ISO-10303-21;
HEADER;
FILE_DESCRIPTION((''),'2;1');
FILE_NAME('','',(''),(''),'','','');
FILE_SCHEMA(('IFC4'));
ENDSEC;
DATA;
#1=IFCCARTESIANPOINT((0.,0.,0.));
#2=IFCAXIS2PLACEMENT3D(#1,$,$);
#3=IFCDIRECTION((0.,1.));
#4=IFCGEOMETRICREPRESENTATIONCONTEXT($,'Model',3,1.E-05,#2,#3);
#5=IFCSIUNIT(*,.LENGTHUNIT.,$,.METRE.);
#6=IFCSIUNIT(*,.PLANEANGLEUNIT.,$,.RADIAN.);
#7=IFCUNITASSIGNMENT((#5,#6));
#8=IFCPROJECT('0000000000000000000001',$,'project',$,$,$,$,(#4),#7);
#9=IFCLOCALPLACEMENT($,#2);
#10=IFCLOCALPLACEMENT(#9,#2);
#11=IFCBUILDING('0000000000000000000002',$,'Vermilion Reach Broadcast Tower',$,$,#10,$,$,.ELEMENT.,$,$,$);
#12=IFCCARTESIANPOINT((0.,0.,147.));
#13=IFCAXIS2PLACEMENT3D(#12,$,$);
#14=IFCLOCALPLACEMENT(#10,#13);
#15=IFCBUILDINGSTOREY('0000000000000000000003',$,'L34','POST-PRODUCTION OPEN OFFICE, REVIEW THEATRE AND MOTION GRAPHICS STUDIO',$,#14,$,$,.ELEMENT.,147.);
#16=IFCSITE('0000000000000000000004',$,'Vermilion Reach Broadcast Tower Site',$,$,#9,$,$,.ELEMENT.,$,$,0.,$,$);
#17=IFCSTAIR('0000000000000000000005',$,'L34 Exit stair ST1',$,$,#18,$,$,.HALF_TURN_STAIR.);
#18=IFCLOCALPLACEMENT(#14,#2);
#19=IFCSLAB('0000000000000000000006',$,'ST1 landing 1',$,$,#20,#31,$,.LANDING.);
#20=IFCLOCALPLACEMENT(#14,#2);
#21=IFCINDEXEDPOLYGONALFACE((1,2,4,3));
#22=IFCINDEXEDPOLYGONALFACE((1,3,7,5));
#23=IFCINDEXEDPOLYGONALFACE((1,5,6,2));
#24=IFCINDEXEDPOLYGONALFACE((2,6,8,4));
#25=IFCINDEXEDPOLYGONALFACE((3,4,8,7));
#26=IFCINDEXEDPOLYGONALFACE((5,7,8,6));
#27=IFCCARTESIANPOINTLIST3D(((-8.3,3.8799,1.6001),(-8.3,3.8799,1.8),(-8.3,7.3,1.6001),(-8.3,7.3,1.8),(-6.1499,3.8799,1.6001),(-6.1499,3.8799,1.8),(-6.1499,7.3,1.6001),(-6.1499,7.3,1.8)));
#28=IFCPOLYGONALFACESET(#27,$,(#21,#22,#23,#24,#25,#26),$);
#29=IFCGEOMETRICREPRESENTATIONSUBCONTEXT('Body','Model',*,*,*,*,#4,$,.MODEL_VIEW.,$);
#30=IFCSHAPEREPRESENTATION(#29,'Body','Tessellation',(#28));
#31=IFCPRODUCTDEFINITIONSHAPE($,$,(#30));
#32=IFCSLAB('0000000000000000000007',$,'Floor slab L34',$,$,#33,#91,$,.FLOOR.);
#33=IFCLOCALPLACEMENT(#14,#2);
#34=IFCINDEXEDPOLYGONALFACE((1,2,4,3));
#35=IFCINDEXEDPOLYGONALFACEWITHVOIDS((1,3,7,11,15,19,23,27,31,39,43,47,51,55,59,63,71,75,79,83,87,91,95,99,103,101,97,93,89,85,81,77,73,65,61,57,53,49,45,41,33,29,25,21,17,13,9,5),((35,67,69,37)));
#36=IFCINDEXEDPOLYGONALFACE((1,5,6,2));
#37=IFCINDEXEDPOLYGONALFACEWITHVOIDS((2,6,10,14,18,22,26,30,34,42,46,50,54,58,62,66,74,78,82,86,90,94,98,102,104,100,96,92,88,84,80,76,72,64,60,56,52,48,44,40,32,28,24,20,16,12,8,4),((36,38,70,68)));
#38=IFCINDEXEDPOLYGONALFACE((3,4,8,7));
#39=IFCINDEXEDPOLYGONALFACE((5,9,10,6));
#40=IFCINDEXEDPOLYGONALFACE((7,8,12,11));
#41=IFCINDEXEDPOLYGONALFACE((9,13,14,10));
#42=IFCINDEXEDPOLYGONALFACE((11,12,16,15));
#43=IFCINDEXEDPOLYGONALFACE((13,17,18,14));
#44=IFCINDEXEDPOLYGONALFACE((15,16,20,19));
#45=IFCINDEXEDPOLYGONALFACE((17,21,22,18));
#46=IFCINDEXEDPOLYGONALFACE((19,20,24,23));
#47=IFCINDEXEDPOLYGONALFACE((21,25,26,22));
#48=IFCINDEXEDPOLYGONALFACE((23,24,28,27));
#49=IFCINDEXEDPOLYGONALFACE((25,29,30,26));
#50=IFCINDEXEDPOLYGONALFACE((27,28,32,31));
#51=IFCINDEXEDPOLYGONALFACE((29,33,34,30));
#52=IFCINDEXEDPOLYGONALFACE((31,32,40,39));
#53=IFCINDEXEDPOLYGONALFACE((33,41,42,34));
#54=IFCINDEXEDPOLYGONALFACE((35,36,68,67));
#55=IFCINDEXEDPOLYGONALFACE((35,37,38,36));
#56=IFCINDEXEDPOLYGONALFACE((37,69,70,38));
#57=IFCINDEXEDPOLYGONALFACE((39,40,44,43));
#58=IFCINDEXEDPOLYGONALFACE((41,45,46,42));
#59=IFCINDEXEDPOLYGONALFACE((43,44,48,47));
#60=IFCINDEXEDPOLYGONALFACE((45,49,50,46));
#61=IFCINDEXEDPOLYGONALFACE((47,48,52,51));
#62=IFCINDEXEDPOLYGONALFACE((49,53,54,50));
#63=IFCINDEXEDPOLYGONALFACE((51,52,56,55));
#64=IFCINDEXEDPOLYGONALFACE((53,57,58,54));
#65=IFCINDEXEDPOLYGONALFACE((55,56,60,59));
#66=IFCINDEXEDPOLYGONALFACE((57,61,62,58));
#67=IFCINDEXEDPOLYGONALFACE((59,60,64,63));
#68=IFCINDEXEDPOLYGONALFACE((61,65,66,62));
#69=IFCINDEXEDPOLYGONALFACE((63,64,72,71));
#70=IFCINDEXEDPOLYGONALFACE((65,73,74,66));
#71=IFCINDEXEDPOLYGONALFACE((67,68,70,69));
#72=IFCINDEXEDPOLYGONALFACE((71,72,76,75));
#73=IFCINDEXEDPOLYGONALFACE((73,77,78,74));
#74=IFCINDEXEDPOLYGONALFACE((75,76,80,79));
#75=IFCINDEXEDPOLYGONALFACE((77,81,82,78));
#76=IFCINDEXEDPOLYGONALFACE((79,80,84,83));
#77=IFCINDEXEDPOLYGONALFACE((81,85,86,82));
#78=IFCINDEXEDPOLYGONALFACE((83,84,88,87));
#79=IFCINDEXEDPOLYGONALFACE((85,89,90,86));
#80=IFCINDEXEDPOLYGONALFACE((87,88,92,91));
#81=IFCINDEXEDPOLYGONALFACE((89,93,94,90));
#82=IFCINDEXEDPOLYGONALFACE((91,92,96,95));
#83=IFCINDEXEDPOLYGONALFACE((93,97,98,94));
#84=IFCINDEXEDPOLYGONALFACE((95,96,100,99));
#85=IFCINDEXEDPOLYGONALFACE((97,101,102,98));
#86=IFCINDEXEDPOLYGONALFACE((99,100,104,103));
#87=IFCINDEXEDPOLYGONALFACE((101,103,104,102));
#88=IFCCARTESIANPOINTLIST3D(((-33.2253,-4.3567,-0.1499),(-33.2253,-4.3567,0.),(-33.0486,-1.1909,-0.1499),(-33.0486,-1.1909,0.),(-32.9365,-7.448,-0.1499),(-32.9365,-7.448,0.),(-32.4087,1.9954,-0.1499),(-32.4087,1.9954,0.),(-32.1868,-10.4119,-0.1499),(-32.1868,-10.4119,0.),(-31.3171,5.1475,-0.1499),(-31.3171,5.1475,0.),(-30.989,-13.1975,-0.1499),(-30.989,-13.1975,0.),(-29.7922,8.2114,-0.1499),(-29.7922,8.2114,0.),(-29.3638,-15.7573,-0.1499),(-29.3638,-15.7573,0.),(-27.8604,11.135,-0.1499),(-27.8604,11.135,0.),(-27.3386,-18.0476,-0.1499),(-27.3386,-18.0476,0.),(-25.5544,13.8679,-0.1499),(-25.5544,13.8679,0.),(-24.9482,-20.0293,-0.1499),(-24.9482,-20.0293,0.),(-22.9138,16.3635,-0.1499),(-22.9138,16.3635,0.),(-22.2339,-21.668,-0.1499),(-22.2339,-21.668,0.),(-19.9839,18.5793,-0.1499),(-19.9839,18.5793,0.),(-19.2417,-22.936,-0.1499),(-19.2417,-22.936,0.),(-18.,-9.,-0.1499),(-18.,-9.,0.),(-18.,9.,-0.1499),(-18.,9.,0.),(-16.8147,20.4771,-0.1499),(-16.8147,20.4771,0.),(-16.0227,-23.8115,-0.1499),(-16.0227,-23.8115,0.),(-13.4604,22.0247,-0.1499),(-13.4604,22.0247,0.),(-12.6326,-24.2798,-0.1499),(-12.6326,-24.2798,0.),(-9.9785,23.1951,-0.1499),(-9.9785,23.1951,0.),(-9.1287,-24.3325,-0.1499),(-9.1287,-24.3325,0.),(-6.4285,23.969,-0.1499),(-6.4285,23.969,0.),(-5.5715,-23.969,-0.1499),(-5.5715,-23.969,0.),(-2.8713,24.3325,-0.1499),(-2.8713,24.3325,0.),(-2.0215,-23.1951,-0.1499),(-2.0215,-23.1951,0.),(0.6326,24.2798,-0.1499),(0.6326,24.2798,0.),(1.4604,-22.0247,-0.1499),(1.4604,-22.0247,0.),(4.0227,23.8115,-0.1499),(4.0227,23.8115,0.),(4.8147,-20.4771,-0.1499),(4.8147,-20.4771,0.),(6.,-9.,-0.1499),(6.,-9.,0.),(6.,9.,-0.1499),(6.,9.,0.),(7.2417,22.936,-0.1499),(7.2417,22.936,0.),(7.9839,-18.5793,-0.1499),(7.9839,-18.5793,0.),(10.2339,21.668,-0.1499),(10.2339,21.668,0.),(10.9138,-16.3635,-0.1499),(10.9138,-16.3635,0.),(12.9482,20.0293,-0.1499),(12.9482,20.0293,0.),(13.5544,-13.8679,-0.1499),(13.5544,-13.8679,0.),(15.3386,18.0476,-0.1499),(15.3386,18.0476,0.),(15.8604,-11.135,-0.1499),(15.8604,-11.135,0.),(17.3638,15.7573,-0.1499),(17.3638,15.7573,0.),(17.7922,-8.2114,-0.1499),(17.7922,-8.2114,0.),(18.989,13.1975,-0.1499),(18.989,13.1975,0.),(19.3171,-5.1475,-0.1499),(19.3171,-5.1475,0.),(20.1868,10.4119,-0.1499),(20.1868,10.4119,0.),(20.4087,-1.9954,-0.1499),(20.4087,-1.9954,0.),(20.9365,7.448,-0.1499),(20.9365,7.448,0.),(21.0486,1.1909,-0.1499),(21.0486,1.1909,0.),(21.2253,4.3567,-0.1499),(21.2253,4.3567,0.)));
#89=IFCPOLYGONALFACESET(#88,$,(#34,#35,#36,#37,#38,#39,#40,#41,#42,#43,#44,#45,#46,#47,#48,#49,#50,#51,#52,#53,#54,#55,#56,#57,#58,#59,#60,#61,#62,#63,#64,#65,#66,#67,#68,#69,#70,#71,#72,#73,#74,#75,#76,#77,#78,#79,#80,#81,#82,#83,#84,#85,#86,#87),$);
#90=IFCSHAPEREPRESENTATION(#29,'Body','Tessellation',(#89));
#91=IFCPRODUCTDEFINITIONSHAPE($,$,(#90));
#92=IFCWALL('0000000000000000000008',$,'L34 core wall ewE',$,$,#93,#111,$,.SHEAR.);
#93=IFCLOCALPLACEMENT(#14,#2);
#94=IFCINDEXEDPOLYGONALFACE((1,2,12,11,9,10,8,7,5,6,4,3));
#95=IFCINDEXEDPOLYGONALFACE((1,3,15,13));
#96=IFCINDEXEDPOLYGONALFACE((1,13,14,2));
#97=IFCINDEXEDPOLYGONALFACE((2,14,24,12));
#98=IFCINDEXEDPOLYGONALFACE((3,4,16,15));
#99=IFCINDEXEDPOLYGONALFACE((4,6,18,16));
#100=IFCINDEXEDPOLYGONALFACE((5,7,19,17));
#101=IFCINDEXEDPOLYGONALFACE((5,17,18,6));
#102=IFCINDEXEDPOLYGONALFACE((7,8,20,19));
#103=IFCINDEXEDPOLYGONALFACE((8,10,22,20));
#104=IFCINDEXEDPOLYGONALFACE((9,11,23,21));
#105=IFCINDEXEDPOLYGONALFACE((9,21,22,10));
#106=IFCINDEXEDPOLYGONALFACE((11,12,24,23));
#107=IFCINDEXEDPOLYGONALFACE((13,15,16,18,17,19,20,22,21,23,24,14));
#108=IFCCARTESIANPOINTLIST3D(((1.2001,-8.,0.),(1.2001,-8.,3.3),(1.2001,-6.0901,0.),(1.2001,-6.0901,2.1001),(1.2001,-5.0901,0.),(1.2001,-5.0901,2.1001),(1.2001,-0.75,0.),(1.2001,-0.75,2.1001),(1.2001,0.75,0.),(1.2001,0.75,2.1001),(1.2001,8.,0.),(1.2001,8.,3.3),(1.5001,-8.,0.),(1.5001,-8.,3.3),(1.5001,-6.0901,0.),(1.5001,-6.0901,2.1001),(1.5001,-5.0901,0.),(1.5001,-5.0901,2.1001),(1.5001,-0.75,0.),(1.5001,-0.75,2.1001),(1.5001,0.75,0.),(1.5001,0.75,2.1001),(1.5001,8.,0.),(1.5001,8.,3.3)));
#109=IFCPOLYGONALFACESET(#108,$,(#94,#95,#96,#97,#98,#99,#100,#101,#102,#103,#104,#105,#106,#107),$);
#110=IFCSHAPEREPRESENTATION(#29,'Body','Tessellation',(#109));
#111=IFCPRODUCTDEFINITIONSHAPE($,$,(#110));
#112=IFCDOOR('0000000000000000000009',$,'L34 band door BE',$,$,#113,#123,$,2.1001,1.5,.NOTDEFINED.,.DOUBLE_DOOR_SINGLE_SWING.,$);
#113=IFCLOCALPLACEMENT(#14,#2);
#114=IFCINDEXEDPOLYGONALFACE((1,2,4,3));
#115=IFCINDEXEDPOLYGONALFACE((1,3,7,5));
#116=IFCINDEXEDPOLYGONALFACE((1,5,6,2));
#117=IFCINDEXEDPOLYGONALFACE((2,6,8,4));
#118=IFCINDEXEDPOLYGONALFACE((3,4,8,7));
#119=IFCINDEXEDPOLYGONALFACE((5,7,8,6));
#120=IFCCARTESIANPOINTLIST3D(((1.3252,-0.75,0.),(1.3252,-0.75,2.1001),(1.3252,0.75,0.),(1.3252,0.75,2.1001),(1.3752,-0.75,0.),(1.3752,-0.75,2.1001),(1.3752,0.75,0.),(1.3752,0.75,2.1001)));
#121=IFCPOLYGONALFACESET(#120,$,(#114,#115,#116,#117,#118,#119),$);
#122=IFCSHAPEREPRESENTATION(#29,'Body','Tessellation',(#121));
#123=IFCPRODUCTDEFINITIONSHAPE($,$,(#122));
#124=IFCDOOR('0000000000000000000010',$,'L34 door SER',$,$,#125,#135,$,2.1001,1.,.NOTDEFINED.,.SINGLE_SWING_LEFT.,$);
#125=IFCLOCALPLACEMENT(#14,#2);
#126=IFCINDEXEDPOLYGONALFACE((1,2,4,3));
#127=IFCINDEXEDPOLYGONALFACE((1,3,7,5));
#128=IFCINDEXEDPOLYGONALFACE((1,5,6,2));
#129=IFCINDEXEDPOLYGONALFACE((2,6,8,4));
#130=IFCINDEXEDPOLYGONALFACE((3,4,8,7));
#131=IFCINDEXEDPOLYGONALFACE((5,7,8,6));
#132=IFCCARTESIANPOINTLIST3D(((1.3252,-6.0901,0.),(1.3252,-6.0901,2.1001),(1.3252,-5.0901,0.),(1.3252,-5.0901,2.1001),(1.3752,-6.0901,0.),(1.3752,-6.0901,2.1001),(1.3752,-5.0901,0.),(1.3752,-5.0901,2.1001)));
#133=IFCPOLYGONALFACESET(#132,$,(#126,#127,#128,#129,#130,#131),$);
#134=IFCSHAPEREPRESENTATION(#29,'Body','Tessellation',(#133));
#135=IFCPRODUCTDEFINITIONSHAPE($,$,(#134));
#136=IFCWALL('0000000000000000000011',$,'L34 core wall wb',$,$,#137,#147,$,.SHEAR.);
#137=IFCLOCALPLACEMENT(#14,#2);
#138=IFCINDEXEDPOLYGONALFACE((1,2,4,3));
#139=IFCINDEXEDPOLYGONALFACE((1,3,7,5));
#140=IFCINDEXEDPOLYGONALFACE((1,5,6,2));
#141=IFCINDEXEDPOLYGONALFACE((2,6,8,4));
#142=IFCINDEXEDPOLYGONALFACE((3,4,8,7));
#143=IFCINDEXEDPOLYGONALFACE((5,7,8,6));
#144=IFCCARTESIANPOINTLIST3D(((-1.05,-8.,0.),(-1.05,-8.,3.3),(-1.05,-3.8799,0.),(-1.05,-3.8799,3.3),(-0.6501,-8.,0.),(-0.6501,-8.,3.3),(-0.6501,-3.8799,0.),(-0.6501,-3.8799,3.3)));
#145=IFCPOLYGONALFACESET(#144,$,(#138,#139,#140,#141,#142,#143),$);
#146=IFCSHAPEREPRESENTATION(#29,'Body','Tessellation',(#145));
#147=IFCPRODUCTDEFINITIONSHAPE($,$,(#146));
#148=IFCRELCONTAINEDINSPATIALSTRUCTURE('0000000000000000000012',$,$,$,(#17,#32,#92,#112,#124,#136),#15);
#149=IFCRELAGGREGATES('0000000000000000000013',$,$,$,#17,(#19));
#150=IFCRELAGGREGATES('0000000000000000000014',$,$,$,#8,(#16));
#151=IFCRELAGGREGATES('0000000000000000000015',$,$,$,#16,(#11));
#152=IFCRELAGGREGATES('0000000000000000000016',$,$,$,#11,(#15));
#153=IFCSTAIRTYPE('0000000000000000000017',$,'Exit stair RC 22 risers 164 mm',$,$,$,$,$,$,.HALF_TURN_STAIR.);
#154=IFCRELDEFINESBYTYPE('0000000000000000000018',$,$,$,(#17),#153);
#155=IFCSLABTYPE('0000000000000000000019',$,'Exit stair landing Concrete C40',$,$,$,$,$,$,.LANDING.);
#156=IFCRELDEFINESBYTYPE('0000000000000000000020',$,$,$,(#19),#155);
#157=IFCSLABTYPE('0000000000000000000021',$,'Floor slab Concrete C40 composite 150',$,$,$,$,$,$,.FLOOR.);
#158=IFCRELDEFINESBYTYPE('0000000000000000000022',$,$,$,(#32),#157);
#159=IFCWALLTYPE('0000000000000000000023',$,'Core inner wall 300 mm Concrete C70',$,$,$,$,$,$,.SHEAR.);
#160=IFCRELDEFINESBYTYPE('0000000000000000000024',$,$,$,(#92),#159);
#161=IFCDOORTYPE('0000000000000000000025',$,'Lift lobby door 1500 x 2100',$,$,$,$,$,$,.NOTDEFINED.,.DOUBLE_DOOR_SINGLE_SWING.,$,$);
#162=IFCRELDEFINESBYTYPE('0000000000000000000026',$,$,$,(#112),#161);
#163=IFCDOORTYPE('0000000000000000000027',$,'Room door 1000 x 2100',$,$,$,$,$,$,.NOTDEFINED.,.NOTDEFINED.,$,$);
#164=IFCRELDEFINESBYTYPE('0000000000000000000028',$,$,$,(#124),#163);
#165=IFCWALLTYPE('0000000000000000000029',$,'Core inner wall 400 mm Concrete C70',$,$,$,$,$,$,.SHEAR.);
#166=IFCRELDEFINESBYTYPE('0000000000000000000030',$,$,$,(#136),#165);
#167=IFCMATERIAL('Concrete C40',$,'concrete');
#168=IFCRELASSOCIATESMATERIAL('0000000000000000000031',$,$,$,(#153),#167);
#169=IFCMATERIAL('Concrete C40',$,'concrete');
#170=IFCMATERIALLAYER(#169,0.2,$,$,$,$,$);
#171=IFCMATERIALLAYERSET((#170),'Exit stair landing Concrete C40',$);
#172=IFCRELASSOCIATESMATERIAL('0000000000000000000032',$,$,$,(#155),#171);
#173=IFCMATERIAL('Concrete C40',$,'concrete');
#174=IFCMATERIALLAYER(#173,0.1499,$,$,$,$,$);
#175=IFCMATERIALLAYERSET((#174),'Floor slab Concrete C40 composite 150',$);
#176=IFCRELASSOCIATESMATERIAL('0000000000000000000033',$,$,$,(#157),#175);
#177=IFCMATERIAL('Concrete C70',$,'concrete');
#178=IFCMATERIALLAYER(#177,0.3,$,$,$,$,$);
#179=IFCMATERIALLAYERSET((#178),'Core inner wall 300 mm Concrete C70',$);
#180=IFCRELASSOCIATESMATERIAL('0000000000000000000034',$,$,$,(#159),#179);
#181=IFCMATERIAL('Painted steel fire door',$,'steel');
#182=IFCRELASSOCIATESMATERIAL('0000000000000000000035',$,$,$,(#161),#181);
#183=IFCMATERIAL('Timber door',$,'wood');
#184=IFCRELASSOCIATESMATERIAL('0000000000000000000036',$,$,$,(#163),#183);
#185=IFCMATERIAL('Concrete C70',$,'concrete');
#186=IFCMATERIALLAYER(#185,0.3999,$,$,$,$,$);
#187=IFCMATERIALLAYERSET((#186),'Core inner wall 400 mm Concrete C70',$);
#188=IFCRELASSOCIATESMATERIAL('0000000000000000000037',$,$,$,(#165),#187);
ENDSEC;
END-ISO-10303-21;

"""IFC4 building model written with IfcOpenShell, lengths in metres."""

from ifc_helpers import new_model, si_unit, direction, frame, frame_2d, origin, place, context, subcontext, project, spatial, polyline, rectangle, outline, extrude, material, layer, layer_set, type_object, element, fill, aggregate, save


model = new_model("IFC4")

# Units and contexts
model_context = context("Model", 3, precision=1e-05, world=origin(), true_north=direction((0.0, 1.0)))
body_context = subcontext(model_context, "Body", "Model", "MODEL_VIEW")
ifc_project = project(units=[si_unit("LENGTHUNIT", "METRE"), si_unit("PLANEANGLEUNIT", "RADIAN")], contexts=[model_context])

# Site, building, storey
site_placement = place(None, origin())
site = spatial("IfcSite", under=ifc_project, at=site_placement, Name="Vermilion Reach Broadcast Tower Site", CompositionType="ELEMENT", RefElevation=0.0)
building_placement = place(site_placement, origin())
building = spatial("IfcBuilding", under=site, at=building_placement, Name="Vermilion Reach Broadcast Tower", CompositionType="ELEMENT")
storey_placement = place(building_placement, frame((0.0, 0.0, 147.0)))
storey = spatial("IfcBuildingStorey", under=building, at=storey_placement, Name="L34", Description="POST-PRODUCTION OPEN OFFICE, REVIEW THEATRE AND MOTION GRAPHICS STUDIO", CompositionType="ELEMENT", Elevation=147.0)

# Stair, slab
ifc_material_1 = material(Name="Concrete C40", Category="concrete")
stair_type = type_object("IfcStairType", Name="Exit stair RC 22 risers 164 mm", PredefinedType="HALF_TURN_STAIR", material=ifc_material_1)
placement_1 = place(storey_placement, origin())
stair_1 = element("IfcStair", 1, at=placement_1, inside=storey, type_object=stair_type, Name="L34 Exit stair ST1", PredefinedType="HALF_TURN_STAIR")
ifc_material_2 = material(Name="Concrete C40", Category="concrete")
ifc_layer_1 = layer(ifc_material_2, 0.2)
ifc_layer_set_1 = layer_set([ifc_layer_1], Name="Exit stair landing Concrete C40")
slab_type_1 = type_object("IfcSlabType", Name="Exit stair landing Concrete C40", PredefinedType="LANDING", material=ifc_layer_set_1)
slab_1_placement = place(storey_placement, frame((0.0, 0.0, 1.6001)))
slab_1 = element("IfcSlab", 2, at=slab_1_placement, type_object=slab_type_1, Name="ST1 landing 1", PredefinedType="LANDING", context=body_context, shape_type="SweptSolid", body=[
    extrude(outline(polyline([(-8.3, 3.8799), (-6.1499, 3.8799), (-6.1499, 7.3), (-8.3, 7.3), (-8.3, 3.8799)])), origin(), (0.0, 0.0, 1.0), 0.2),
])
aggregate(stair_1, [slab_1])

# Slab
ifc_material_3 = material(Name="Concrete C40", Category="concrete")
ifc_layer_2 = layer(ifc_material_3, 0.1499)
ifc_layer_set_2 = layer_set([ifc_layer_2], Name="Floor slab Concrete C40 composite 150")
slab_type_2 = type_object("IfcSlabType", Name="Floor slab Concrete C40 composite 150", PredefinedType="FLOOR", material=ifc_layer_set_2)
slab_2_placement = place(storey_placement, frame((0.0, 0.0, -0.1499)))
element("IfcSlab", 3, at=slab_2_placement, inside=storey, type_object=slab_type_2, Name="Floor slab L34", PredefinedType="FLOOR", context=body_context, shape_type="SweptSolid", body=[
    extrude(outline(polyline([(18.989, 13.1975), (17.3638, 15.7573), (15.3386, 18.0476), (12.9482, 20.0293), (10.2339, 21.668), (7.2417, 22.936), (4.0227, 23.8115), (0.6326, 24.2798), (-2.8713, 24.3325), (-6.4285, 23.969), (-9.9785, 23.1951), (-13.4604, 22.0247), (-16.8147, 20.4771), (-19.9839, 18.5793), (-22.9138, 16.3635), (-25.5544, 13.8679), (-27.8604, 11.135), (-29.7922, 8.2114), (-31.3171, 5.1475), (-32.4087, 1.9954), (-33.0486, -1.1909), (-33.2253, -4.3567), (-32.9365, -7.448), (-32.1868, -10.4119), (-30.989, -13.1975), (-29.3638, -15.7573), (-27.3386, -18.0476), (-24.9482, -20.0293), (-22.2339, -21.668), (-19.2417, -22.936), (-16.0227, -23.8115), (-12.6326, -24.2798), (-9.1287, -24.3325), (-5.5715, -23.969), (-2.0215, -23.1951), (1.4604, -22.0247), (4.8147, -20.4771), (7.9839, -18.5793), (10.9138, -16.3635), (13.5544, -13.8679), (15.8604, -11.135), (17.7922, -8.2114), (19.3171, -5.1475), (20.4087, -1.9954), (21.0486, 1.1909), (21.2253, 4.3567), (20.9365, 7.448), (20.1868, 10.4119), (18.989, 13.1975)]), holes=[polyline([(-18.0, -9.0), (6.0, -9.0), (6.0, 9.0), (-18.0, 9.0), (-18.0, -9.0)])]), origin(), (0.0, 0.0, 1.0), 0.1499),
])

# Wall, openings, doors
ifc_material_4 = material(Name="Concrete C70", Category="concrete")
ifc_layer_3 = layer(ifc_material_4, 0.3)
ifc_layer_set_3 = layer_set([ifc_layer_3], Name="Core inner wall 300 mm Concrete C70")
wall_type_1 = type_object("IfcWallType", Name="Core inner wall 300 mm Concrete C70", PredefinedType="SHEAR", material=ifc_layer_set_3)
wall_1_placement = place(storey_placement, frame((1.3501, -8.0, 0.0), z_axis=(0.0, 0.0, 1.0), x_axis=(0.0, 1.0, 0.0)))
wall_1 = element("IfcWall", 4, at=wall_1_placement, inside=storey, type_object=wall_type_1, Name="L34 core wall ewE", PredefinedType="SHEAR", context=body_context, shape_type="SweptSolid", body=[
    extrude(rectangle(XDim=16.0, YDim=0.3, at=frame_2d((8.0, 0.0))), origin(), (0.0, 0.0, 1.0), 3.3),
])
opening_1_placement = place(wall_1_placement, frame((1.9099, 0.0, 0.0)))
opening_1 = element("IfcOpeningElement", 5, at=opening_1_placement, cuts=wall_1, PredefinedType="OPENING", context=body_context, shape_type="SweptSolid", body=[
    extrude(rectangle(XDim=1.0, YDim=2.1001, at=frame_2d((0.5, 1.05))), frame((0.0, 0.1599, 0.0), z_axis=(0.0, -1.0, 0.0), x_axis=(1.0, 0.0, 0.0)), (0.0, 0.0, 1.0), 0.3201),
])
opening_2_placement = place(wall_1_placement, frame((7.25, 0.0, 0.0)))
opening_2 = element("IfcOpeningElement", 6, at=opening_2_placement, cuts=wall_1, PredefinedType="OPENING", context=body_context, shape_type="SweptSolid", body=[
    extrude(rectangle(XDim=1.5, YDim=2.1001, at=frame_2d((0.75, 1.05))), frame((0.0, 0.1599, 0.0), z_axis=(0.0, -1.0, 0.0), x_axis=(1.0, 0.0, 0.0)), (0.0, 0.0, 1.0), 0.3201),
])
ifc_material_5 = material(Name="Painted steel fire door", Category="steel")
door_type_1 = type_object("IfcDoorType", Name="Lift lobby door 1500 x 2100", OperationType="DOUBLE_DOOR_SINGLE_SWING", PredefinedType="NOTDEFINED", material=ifc_material_5)
door_1_placement = place(opening_2_placement, origin())
door_1 = element("IfcDoor", 7, at=door_1_placement, inside=storey, type_object=door_type_1, Name="L34 band door BE", OperationType="DOUBLE_DOOR_SINGLE_SWING", OverallHeight=2.1001, OverallWidth=1.5, PredefinedType="NOTDEFINED", context=body_context, shape_type="SweptSolid", body=[
    extrude(rectangle(XDim=1.5, YDim=2.1001, at=frame_2d((0.75, 1.05))), frame((0.0, 0.0249, 0.0), z_axis=(0.0, -1.0, 0.0), x_axis=(1.0, 0.0, 0.0)), (0.0, 0.0, 1.0), 0.05),
])
fill(opening_2, door_1)
ifc_material_6 = material(Name="Timber door", Category="wood")
door_type_2 = type_object("IfcDoorType", Name="Room door 1000 x 2100", OperationType="NOTDEFINED", PredefinedType="NOTDEFINED", material=ifc_material_6)
door_2_placement = place(opening_1_placement, origin())
door_2 = element("IfcDoor", 8, at=door_2_placement, inside=storey, type_object=door_type_2, Name="L34 door SER", OperationType="SINGLE_SWING_LEFT", OverallHeight=2.1001, OverallWidth=1.0, PredefinedType="NOTDEFINED", context=body_context, shape_type="SweptSolid", body=[
    extrude(rectangle(XDim=1.0, YDim=2.1001, at=frame_2d((0.5, 1.05))), frame((0.0, 0.0249, 0.0), z_axis=(0.0, -1.0, 0.0), x_axis=(1.0, 0.0, 0.0)), (0.0, 0.0, 1.0), 0.05),
])
fill(opening_1, door_2)

# Wall
ifc_material_7 = material(Name="Concrete C70", Category="concrete")
ifc_layer_4 = layer(ifc_material_7, 0.3999)
ifc_layer_set_4 = layer_set([ifc_layer_4], Name="Core inner wall 400 mm Concrete C70")
wall_type_2 = type_object("IfcWallType", Name="Core inner wall 400 mm Concrete C70", PredefinedType="SHEAR", material=ifc_layer_set_4)
wall_2_placement = place(storey_placement, frame((-0.8501, -3.8799, 0.0), z_axis=(0.0, 0.0, 1.0), x_axis=(0.0, -1.0, 0.0)))
element("IfcWall", 9, at=wall_2_placement, inside=storey, type_object=wall_type_2, Name="L34 core wall wb", PredefinedType="SHEAR", context=body_context, shape_type="SweptSolid", body=[
    extrude(rectangle(XDim=4.1201, YDim=0.3999, at=frame_2d((2.0601, 0.0))), origin(), (0.0, 0.0, 1.0), 3.3),
])

save(model, "model.ifc")
